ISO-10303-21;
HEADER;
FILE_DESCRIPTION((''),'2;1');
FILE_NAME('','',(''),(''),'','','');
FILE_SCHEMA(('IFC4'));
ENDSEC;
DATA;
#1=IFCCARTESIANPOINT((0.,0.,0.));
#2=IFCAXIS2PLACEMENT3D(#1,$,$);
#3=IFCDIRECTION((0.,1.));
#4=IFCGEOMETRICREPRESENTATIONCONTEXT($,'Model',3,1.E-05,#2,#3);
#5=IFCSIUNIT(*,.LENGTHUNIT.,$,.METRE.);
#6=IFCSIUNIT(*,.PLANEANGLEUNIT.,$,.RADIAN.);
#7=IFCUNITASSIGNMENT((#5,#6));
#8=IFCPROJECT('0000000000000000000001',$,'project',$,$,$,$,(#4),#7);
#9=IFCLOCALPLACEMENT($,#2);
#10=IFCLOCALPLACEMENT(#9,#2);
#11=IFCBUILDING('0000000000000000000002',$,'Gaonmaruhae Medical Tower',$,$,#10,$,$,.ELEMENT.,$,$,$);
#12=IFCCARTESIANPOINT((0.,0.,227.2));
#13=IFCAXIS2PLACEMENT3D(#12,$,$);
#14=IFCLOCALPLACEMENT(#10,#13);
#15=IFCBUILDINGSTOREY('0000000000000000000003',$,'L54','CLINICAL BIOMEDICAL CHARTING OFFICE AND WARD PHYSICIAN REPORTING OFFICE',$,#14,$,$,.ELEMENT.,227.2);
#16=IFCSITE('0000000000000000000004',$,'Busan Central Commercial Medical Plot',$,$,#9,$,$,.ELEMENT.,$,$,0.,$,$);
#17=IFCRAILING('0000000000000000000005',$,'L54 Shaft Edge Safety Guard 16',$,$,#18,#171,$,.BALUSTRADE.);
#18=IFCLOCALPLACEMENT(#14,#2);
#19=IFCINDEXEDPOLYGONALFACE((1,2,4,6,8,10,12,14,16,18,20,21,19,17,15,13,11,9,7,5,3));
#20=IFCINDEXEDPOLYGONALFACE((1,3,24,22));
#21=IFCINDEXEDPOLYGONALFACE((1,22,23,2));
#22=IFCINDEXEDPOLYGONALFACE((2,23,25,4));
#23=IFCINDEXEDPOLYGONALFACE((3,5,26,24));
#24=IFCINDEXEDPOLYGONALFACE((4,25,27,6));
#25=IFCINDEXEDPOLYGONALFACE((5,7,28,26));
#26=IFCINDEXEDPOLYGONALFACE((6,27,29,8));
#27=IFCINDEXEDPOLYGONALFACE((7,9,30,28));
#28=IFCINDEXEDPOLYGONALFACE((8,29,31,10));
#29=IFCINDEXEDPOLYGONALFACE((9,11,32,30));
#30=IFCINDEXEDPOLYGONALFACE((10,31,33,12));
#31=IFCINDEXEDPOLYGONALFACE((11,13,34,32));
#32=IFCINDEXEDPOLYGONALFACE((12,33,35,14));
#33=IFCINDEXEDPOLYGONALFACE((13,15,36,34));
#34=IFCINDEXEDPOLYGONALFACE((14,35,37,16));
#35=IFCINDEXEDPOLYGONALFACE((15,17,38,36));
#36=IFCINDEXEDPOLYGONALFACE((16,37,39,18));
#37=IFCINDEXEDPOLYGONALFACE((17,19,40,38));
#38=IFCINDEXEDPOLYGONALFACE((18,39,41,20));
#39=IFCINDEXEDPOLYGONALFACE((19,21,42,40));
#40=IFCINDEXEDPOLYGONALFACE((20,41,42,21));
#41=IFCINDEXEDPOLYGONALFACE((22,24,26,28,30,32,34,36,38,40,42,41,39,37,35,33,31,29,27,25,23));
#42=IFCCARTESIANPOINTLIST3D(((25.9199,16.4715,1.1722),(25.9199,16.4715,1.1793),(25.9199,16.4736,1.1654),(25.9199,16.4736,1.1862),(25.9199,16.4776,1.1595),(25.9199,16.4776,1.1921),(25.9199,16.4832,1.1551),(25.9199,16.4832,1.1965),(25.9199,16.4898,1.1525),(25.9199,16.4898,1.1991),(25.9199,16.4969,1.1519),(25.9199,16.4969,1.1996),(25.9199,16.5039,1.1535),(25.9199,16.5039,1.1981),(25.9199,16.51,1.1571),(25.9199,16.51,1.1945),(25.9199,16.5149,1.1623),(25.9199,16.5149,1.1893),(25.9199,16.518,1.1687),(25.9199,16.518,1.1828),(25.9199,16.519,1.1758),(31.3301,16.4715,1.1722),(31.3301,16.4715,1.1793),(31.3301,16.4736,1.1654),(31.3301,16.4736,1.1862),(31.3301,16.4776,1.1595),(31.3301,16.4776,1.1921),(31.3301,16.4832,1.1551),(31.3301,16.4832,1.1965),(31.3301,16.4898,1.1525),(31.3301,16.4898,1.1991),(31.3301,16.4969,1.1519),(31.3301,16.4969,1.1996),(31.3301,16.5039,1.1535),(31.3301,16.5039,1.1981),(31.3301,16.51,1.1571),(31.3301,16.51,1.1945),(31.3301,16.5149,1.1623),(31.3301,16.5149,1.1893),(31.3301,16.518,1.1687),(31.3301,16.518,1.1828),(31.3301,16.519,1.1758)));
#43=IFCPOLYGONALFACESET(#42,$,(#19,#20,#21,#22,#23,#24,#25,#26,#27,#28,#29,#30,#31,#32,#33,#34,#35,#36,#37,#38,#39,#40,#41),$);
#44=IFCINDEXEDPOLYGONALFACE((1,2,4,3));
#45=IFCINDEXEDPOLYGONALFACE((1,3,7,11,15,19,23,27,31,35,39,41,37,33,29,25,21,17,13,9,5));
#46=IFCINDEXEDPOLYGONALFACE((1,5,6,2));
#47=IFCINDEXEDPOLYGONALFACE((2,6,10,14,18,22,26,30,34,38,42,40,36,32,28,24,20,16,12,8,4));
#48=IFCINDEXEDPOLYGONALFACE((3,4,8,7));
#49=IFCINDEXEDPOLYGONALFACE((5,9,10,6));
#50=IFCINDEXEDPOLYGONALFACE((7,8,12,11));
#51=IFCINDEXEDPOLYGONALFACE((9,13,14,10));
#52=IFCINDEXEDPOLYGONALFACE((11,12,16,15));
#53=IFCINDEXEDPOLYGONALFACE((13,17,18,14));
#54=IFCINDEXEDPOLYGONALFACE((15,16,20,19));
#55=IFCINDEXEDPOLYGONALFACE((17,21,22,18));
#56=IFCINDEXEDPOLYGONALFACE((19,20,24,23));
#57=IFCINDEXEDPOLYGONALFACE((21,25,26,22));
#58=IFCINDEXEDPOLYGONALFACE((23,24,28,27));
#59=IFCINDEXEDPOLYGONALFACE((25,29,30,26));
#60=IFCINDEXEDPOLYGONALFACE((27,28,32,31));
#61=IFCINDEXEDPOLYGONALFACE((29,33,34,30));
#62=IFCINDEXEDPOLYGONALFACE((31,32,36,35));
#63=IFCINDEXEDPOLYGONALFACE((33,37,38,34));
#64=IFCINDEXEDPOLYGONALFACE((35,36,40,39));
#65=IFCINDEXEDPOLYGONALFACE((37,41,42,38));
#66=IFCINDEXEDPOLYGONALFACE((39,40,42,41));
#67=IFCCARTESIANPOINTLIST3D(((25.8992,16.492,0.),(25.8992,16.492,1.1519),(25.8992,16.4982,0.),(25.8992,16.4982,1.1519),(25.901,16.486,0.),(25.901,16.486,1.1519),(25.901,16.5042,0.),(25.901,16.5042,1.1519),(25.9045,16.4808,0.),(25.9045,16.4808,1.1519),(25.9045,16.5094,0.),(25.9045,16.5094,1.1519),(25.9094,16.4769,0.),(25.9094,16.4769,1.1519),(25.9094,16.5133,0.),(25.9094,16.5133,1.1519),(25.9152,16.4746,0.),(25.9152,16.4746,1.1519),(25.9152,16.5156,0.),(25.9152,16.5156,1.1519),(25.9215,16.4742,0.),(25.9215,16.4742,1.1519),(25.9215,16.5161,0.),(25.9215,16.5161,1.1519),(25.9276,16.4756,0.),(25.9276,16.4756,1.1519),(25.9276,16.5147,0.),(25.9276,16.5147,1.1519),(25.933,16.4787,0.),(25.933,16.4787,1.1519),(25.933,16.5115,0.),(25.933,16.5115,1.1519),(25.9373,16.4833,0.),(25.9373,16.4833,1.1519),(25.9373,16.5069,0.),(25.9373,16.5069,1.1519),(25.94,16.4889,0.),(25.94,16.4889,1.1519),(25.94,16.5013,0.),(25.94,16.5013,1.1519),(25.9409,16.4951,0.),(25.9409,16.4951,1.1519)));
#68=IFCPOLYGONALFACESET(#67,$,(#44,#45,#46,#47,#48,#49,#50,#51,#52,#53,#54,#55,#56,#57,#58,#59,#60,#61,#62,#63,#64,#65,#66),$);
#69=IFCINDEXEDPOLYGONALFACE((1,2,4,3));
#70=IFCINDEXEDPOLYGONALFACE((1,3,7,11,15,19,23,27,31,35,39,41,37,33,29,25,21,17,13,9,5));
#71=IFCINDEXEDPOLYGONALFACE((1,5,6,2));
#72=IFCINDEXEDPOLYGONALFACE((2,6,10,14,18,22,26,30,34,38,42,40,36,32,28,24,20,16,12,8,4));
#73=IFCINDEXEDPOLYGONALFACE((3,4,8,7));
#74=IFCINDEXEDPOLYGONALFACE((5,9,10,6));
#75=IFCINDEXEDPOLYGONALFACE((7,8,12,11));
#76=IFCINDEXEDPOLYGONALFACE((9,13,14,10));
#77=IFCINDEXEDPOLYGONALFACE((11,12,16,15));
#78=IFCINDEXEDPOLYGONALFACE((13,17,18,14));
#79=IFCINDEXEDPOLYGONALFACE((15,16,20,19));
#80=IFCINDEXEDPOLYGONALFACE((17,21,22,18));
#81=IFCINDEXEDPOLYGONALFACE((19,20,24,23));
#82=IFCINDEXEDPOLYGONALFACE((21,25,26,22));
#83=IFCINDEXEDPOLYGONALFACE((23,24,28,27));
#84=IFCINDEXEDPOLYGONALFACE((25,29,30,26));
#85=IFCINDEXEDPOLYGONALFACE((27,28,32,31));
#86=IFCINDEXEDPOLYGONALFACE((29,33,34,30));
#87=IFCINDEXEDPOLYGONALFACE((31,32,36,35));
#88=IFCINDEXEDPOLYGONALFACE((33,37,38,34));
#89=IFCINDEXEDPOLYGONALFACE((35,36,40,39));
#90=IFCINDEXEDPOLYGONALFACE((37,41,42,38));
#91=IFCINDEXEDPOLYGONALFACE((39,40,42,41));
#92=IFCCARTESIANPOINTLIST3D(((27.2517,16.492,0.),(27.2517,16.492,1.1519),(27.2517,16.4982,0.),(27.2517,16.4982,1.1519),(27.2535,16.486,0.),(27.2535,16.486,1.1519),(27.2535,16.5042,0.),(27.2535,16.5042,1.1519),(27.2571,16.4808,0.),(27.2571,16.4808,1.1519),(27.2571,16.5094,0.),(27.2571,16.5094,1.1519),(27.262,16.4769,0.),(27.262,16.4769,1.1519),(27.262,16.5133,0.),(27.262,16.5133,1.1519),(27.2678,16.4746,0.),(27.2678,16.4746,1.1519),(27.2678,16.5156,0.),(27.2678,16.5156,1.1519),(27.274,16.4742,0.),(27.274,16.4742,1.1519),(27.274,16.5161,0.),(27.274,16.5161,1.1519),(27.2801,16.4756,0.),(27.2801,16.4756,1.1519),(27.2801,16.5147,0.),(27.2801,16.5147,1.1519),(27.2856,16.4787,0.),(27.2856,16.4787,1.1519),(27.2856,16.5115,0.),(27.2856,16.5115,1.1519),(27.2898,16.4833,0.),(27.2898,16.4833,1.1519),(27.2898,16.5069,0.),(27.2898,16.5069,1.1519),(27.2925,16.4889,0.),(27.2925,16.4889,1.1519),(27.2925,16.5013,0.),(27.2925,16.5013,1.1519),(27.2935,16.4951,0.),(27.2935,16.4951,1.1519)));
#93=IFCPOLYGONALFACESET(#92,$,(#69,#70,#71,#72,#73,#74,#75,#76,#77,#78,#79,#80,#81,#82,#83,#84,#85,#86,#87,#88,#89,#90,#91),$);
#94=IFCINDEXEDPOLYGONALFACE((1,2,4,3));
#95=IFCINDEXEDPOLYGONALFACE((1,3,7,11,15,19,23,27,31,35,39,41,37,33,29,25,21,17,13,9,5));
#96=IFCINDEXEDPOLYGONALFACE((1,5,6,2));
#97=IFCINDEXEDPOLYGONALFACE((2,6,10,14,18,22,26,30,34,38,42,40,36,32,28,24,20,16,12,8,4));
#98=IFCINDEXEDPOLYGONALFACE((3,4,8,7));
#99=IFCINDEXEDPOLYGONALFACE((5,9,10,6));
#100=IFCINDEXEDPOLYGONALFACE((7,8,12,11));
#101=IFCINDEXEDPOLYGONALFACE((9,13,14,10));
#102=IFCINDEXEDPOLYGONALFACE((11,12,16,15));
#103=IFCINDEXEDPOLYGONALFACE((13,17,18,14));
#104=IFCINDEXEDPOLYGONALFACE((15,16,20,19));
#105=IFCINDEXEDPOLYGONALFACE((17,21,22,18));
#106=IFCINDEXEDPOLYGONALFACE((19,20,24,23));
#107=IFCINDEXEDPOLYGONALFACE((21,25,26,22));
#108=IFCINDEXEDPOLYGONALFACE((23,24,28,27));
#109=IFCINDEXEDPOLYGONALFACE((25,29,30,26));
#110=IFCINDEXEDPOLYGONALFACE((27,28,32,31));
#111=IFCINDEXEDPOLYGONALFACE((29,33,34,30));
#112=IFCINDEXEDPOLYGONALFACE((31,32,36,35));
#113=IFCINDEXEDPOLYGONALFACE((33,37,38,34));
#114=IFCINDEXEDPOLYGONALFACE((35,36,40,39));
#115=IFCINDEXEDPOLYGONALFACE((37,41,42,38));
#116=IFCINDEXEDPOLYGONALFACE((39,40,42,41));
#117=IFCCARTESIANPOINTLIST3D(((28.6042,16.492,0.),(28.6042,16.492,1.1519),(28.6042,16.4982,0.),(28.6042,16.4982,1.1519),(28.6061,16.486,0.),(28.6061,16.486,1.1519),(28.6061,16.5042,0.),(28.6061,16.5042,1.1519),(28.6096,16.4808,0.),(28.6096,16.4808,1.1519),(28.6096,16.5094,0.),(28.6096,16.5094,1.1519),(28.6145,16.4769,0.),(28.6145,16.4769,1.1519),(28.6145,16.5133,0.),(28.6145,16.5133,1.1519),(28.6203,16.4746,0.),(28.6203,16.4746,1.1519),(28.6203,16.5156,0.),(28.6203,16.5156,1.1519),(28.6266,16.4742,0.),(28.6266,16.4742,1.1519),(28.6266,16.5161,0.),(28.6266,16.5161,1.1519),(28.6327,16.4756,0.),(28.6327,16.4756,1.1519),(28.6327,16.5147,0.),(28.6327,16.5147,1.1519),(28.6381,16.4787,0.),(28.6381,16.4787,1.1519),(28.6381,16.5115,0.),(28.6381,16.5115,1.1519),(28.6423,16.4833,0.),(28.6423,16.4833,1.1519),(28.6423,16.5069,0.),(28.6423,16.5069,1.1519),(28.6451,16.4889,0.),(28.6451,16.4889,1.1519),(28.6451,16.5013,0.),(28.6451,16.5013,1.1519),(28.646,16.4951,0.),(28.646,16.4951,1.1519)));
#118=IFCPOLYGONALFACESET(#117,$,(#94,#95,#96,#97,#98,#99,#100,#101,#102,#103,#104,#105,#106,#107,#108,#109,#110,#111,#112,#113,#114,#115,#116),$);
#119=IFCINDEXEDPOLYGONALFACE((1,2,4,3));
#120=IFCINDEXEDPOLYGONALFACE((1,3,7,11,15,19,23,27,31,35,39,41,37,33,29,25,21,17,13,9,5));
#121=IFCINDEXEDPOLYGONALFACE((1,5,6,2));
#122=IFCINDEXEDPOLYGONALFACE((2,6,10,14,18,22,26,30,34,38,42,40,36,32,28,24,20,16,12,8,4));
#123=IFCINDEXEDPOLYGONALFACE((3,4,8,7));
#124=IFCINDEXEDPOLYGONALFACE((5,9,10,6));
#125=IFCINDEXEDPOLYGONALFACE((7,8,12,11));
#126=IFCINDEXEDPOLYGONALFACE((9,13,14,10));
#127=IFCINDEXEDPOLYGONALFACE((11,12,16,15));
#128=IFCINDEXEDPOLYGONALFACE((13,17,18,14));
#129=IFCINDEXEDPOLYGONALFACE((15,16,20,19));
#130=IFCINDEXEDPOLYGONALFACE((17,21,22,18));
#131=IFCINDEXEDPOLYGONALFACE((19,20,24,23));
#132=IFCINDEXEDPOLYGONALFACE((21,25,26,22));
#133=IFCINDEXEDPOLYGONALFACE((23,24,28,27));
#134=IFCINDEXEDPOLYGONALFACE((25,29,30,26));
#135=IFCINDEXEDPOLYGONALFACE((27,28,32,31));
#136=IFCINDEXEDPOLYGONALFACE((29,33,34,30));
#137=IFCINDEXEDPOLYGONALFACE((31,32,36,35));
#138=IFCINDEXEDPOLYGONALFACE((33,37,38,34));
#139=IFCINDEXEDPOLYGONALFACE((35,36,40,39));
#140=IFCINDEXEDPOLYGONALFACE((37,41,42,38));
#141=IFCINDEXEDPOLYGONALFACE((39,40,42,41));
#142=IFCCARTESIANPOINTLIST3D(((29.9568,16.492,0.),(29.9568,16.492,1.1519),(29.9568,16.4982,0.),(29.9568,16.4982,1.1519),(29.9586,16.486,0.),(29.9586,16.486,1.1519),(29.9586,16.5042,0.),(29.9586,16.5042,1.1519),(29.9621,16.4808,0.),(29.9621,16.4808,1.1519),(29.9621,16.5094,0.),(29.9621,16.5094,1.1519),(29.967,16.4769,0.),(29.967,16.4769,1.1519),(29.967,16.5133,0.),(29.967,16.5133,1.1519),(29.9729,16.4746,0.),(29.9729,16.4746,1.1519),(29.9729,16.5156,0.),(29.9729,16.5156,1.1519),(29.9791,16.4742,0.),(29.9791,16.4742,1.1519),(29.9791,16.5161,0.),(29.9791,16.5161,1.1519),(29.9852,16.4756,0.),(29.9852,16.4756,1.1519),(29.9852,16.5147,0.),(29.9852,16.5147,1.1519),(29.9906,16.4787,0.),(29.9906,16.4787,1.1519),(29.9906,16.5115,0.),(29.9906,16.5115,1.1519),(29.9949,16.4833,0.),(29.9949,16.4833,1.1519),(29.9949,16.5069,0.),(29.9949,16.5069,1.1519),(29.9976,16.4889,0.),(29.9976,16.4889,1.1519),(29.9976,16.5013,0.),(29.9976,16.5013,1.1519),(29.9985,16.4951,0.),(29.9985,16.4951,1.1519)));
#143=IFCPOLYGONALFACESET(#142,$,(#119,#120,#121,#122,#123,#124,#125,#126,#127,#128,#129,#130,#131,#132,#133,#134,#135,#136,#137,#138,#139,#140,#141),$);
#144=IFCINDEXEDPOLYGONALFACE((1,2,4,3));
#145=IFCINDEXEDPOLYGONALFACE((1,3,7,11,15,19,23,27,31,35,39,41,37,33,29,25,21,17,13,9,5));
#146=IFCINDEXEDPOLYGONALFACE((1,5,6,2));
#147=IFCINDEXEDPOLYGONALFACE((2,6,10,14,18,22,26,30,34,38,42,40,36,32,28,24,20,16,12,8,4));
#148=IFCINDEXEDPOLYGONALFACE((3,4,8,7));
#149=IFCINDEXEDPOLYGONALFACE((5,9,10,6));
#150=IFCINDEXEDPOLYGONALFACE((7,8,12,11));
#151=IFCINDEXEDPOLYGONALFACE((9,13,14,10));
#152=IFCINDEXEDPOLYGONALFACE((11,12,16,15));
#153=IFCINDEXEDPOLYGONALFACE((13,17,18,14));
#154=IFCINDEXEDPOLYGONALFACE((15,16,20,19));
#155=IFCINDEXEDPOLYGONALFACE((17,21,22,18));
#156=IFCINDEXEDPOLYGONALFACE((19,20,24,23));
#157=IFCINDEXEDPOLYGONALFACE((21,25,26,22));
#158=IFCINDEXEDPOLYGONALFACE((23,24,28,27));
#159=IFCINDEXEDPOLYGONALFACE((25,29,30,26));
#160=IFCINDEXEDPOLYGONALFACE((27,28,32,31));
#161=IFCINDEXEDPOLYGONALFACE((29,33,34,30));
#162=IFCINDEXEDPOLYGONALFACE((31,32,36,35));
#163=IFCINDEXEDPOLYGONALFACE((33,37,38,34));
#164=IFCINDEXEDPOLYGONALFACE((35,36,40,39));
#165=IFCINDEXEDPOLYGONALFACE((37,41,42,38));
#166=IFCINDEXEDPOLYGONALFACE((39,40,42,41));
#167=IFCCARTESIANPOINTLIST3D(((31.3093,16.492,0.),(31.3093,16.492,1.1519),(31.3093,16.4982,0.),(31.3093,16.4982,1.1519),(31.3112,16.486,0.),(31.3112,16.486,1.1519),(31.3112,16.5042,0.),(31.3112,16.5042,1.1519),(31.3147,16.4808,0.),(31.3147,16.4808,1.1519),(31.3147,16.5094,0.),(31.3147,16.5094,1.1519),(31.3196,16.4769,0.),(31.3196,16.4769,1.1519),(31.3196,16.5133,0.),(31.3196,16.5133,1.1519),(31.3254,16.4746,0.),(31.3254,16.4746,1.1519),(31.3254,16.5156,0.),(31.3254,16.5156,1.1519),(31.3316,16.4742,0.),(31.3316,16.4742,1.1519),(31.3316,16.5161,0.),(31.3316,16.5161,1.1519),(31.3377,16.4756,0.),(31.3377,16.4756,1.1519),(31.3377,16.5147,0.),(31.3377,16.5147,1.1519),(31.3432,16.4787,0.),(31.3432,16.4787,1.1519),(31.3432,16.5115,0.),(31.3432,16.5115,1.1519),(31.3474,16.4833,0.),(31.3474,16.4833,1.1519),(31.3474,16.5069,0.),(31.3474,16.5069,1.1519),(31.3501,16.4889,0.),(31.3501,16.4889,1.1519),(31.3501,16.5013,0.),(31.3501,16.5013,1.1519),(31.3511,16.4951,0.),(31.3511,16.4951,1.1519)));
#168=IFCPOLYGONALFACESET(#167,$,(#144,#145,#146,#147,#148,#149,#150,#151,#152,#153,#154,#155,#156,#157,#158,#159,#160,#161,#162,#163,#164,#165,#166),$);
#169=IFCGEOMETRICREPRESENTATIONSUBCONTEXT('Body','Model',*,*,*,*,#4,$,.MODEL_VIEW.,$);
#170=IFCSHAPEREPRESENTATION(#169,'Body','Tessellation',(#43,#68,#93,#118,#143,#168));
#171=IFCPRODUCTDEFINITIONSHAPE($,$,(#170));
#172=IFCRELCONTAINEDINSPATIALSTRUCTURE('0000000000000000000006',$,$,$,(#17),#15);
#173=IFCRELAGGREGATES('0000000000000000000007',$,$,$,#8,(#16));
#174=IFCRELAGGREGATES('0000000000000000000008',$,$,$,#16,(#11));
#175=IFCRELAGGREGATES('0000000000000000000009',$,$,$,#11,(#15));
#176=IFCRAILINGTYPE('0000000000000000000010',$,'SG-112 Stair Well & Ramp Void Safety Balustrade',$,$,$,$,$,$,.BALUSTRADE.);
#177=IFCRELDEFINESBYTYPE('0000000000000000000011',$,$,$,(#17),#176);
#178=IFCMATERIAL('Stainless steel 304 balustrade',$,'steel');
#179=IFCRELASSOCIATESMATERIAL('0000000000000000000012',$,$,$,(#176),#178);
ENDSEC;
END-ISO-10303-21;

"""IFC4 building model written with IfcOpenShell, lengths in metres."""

from ifc_helpers import new_model, si_unit, direction, frame, origin, origin_2d, place, context, subcontext, project, spatial, circle, extrude, material, type_object, element, save


model = new_model("IFC4")

# Units and contexts
model_context = context("Model", 3, precision=1e-05, world=origin(), true_north=direction((0.0, 1.0)))
body_context = subcontext(model_context, "Body", "Model", "MODEL_VIEW")
ifc_project = project(units=[si_unit("LENGTHUNIT", "METRE"), si_unit("PLANEANGLEUNIT", "RADIAN")], contexts=[model_context])

# Site, building, storey
site_placement = place(None, origin())
site = spatial("IfcSite", under=ifc_project, at=site_placement, Name="Busan Central Commercial Medical Plot", CompositionType="ELEMENT", RefElevation=0.0)
building_placement = place(site_placement, origin())
building = spatial("IfcBuilding", under=site, at=building_placement, Name="Gaonmaruhae Medical Tower", CompositionType="ELEMENT")
storey_placement = place(building_placement, frame((0.0, 0.0, 227.2)))
storey = spatial("IfcBuildingStorey", under=building, at=storey_placement, Name="L54", Description="CLINICAL BIOMEDICAL CHARTING OFFICE AND WARD PHYSICIAN REPORTING OFFICE", CompositionType="ELEMENT", Elevation=227.2)

# Railing
ifc_material_1 = material(Name="Stainless steel 304 balustrade", Category="steel")
railing_type_1 = type_object("IfcRailingType", Name="SG-112 Stair Well & Ramp Void Safety Balustrade", PredefinedType="BALUSTRADE", material=ifc_material_1)
railing_1_placement = place(storey_placement, frame((25.9199, 16.4951, 0.0)))
element("IfcRailing", 1, at=railing_1_placement, inside=storey, type_object=railing_type_1, Name="L54 Shaft Edge Safety Guard 16", PredefinedType="BALUSTRADE", context=body_context, shape_type="SweptSolid", body=[
    extrude(circle(Radius=0.0239, at=origin_2d()), frame((0.0, 0.0, 1.1758), z_axis=(1.0, 0.0, 0.0), x_axis=(0.0, 1.0, 0.0)), (0.0, 0.0, 1.0), 5.4102),
    extrude(circle(Radius=0.021, at=origin_2d()), origin(), (0.0, 0.0, 1.0), 1.1519),
    extrude(circle(Radius=0.021, at=origin_2d()), frame((1.3525, 0.0, 0.0)), (0.0, 0.0, 1.0), 1.1519),
    extrude(circle(Radius=0.021, at=origin_2d()), frame((2.7051, 0.0, 0.0)), (0.0, 0.0, 1.0), 1.1519),
    extrude(circle(Radius=0.021, at=origin_2d()), frame((4.0576, 0.0, 0.0)), (0.0, 0.0, 1.0), 1.1519),
    extrude(circle(Radius=0.021, at=origin_2d()), frame((5.4102, 0.0, 0.0)), (0.0, 0.0, 1.0), 1.1519),
])

save(model, "model.ifc")
